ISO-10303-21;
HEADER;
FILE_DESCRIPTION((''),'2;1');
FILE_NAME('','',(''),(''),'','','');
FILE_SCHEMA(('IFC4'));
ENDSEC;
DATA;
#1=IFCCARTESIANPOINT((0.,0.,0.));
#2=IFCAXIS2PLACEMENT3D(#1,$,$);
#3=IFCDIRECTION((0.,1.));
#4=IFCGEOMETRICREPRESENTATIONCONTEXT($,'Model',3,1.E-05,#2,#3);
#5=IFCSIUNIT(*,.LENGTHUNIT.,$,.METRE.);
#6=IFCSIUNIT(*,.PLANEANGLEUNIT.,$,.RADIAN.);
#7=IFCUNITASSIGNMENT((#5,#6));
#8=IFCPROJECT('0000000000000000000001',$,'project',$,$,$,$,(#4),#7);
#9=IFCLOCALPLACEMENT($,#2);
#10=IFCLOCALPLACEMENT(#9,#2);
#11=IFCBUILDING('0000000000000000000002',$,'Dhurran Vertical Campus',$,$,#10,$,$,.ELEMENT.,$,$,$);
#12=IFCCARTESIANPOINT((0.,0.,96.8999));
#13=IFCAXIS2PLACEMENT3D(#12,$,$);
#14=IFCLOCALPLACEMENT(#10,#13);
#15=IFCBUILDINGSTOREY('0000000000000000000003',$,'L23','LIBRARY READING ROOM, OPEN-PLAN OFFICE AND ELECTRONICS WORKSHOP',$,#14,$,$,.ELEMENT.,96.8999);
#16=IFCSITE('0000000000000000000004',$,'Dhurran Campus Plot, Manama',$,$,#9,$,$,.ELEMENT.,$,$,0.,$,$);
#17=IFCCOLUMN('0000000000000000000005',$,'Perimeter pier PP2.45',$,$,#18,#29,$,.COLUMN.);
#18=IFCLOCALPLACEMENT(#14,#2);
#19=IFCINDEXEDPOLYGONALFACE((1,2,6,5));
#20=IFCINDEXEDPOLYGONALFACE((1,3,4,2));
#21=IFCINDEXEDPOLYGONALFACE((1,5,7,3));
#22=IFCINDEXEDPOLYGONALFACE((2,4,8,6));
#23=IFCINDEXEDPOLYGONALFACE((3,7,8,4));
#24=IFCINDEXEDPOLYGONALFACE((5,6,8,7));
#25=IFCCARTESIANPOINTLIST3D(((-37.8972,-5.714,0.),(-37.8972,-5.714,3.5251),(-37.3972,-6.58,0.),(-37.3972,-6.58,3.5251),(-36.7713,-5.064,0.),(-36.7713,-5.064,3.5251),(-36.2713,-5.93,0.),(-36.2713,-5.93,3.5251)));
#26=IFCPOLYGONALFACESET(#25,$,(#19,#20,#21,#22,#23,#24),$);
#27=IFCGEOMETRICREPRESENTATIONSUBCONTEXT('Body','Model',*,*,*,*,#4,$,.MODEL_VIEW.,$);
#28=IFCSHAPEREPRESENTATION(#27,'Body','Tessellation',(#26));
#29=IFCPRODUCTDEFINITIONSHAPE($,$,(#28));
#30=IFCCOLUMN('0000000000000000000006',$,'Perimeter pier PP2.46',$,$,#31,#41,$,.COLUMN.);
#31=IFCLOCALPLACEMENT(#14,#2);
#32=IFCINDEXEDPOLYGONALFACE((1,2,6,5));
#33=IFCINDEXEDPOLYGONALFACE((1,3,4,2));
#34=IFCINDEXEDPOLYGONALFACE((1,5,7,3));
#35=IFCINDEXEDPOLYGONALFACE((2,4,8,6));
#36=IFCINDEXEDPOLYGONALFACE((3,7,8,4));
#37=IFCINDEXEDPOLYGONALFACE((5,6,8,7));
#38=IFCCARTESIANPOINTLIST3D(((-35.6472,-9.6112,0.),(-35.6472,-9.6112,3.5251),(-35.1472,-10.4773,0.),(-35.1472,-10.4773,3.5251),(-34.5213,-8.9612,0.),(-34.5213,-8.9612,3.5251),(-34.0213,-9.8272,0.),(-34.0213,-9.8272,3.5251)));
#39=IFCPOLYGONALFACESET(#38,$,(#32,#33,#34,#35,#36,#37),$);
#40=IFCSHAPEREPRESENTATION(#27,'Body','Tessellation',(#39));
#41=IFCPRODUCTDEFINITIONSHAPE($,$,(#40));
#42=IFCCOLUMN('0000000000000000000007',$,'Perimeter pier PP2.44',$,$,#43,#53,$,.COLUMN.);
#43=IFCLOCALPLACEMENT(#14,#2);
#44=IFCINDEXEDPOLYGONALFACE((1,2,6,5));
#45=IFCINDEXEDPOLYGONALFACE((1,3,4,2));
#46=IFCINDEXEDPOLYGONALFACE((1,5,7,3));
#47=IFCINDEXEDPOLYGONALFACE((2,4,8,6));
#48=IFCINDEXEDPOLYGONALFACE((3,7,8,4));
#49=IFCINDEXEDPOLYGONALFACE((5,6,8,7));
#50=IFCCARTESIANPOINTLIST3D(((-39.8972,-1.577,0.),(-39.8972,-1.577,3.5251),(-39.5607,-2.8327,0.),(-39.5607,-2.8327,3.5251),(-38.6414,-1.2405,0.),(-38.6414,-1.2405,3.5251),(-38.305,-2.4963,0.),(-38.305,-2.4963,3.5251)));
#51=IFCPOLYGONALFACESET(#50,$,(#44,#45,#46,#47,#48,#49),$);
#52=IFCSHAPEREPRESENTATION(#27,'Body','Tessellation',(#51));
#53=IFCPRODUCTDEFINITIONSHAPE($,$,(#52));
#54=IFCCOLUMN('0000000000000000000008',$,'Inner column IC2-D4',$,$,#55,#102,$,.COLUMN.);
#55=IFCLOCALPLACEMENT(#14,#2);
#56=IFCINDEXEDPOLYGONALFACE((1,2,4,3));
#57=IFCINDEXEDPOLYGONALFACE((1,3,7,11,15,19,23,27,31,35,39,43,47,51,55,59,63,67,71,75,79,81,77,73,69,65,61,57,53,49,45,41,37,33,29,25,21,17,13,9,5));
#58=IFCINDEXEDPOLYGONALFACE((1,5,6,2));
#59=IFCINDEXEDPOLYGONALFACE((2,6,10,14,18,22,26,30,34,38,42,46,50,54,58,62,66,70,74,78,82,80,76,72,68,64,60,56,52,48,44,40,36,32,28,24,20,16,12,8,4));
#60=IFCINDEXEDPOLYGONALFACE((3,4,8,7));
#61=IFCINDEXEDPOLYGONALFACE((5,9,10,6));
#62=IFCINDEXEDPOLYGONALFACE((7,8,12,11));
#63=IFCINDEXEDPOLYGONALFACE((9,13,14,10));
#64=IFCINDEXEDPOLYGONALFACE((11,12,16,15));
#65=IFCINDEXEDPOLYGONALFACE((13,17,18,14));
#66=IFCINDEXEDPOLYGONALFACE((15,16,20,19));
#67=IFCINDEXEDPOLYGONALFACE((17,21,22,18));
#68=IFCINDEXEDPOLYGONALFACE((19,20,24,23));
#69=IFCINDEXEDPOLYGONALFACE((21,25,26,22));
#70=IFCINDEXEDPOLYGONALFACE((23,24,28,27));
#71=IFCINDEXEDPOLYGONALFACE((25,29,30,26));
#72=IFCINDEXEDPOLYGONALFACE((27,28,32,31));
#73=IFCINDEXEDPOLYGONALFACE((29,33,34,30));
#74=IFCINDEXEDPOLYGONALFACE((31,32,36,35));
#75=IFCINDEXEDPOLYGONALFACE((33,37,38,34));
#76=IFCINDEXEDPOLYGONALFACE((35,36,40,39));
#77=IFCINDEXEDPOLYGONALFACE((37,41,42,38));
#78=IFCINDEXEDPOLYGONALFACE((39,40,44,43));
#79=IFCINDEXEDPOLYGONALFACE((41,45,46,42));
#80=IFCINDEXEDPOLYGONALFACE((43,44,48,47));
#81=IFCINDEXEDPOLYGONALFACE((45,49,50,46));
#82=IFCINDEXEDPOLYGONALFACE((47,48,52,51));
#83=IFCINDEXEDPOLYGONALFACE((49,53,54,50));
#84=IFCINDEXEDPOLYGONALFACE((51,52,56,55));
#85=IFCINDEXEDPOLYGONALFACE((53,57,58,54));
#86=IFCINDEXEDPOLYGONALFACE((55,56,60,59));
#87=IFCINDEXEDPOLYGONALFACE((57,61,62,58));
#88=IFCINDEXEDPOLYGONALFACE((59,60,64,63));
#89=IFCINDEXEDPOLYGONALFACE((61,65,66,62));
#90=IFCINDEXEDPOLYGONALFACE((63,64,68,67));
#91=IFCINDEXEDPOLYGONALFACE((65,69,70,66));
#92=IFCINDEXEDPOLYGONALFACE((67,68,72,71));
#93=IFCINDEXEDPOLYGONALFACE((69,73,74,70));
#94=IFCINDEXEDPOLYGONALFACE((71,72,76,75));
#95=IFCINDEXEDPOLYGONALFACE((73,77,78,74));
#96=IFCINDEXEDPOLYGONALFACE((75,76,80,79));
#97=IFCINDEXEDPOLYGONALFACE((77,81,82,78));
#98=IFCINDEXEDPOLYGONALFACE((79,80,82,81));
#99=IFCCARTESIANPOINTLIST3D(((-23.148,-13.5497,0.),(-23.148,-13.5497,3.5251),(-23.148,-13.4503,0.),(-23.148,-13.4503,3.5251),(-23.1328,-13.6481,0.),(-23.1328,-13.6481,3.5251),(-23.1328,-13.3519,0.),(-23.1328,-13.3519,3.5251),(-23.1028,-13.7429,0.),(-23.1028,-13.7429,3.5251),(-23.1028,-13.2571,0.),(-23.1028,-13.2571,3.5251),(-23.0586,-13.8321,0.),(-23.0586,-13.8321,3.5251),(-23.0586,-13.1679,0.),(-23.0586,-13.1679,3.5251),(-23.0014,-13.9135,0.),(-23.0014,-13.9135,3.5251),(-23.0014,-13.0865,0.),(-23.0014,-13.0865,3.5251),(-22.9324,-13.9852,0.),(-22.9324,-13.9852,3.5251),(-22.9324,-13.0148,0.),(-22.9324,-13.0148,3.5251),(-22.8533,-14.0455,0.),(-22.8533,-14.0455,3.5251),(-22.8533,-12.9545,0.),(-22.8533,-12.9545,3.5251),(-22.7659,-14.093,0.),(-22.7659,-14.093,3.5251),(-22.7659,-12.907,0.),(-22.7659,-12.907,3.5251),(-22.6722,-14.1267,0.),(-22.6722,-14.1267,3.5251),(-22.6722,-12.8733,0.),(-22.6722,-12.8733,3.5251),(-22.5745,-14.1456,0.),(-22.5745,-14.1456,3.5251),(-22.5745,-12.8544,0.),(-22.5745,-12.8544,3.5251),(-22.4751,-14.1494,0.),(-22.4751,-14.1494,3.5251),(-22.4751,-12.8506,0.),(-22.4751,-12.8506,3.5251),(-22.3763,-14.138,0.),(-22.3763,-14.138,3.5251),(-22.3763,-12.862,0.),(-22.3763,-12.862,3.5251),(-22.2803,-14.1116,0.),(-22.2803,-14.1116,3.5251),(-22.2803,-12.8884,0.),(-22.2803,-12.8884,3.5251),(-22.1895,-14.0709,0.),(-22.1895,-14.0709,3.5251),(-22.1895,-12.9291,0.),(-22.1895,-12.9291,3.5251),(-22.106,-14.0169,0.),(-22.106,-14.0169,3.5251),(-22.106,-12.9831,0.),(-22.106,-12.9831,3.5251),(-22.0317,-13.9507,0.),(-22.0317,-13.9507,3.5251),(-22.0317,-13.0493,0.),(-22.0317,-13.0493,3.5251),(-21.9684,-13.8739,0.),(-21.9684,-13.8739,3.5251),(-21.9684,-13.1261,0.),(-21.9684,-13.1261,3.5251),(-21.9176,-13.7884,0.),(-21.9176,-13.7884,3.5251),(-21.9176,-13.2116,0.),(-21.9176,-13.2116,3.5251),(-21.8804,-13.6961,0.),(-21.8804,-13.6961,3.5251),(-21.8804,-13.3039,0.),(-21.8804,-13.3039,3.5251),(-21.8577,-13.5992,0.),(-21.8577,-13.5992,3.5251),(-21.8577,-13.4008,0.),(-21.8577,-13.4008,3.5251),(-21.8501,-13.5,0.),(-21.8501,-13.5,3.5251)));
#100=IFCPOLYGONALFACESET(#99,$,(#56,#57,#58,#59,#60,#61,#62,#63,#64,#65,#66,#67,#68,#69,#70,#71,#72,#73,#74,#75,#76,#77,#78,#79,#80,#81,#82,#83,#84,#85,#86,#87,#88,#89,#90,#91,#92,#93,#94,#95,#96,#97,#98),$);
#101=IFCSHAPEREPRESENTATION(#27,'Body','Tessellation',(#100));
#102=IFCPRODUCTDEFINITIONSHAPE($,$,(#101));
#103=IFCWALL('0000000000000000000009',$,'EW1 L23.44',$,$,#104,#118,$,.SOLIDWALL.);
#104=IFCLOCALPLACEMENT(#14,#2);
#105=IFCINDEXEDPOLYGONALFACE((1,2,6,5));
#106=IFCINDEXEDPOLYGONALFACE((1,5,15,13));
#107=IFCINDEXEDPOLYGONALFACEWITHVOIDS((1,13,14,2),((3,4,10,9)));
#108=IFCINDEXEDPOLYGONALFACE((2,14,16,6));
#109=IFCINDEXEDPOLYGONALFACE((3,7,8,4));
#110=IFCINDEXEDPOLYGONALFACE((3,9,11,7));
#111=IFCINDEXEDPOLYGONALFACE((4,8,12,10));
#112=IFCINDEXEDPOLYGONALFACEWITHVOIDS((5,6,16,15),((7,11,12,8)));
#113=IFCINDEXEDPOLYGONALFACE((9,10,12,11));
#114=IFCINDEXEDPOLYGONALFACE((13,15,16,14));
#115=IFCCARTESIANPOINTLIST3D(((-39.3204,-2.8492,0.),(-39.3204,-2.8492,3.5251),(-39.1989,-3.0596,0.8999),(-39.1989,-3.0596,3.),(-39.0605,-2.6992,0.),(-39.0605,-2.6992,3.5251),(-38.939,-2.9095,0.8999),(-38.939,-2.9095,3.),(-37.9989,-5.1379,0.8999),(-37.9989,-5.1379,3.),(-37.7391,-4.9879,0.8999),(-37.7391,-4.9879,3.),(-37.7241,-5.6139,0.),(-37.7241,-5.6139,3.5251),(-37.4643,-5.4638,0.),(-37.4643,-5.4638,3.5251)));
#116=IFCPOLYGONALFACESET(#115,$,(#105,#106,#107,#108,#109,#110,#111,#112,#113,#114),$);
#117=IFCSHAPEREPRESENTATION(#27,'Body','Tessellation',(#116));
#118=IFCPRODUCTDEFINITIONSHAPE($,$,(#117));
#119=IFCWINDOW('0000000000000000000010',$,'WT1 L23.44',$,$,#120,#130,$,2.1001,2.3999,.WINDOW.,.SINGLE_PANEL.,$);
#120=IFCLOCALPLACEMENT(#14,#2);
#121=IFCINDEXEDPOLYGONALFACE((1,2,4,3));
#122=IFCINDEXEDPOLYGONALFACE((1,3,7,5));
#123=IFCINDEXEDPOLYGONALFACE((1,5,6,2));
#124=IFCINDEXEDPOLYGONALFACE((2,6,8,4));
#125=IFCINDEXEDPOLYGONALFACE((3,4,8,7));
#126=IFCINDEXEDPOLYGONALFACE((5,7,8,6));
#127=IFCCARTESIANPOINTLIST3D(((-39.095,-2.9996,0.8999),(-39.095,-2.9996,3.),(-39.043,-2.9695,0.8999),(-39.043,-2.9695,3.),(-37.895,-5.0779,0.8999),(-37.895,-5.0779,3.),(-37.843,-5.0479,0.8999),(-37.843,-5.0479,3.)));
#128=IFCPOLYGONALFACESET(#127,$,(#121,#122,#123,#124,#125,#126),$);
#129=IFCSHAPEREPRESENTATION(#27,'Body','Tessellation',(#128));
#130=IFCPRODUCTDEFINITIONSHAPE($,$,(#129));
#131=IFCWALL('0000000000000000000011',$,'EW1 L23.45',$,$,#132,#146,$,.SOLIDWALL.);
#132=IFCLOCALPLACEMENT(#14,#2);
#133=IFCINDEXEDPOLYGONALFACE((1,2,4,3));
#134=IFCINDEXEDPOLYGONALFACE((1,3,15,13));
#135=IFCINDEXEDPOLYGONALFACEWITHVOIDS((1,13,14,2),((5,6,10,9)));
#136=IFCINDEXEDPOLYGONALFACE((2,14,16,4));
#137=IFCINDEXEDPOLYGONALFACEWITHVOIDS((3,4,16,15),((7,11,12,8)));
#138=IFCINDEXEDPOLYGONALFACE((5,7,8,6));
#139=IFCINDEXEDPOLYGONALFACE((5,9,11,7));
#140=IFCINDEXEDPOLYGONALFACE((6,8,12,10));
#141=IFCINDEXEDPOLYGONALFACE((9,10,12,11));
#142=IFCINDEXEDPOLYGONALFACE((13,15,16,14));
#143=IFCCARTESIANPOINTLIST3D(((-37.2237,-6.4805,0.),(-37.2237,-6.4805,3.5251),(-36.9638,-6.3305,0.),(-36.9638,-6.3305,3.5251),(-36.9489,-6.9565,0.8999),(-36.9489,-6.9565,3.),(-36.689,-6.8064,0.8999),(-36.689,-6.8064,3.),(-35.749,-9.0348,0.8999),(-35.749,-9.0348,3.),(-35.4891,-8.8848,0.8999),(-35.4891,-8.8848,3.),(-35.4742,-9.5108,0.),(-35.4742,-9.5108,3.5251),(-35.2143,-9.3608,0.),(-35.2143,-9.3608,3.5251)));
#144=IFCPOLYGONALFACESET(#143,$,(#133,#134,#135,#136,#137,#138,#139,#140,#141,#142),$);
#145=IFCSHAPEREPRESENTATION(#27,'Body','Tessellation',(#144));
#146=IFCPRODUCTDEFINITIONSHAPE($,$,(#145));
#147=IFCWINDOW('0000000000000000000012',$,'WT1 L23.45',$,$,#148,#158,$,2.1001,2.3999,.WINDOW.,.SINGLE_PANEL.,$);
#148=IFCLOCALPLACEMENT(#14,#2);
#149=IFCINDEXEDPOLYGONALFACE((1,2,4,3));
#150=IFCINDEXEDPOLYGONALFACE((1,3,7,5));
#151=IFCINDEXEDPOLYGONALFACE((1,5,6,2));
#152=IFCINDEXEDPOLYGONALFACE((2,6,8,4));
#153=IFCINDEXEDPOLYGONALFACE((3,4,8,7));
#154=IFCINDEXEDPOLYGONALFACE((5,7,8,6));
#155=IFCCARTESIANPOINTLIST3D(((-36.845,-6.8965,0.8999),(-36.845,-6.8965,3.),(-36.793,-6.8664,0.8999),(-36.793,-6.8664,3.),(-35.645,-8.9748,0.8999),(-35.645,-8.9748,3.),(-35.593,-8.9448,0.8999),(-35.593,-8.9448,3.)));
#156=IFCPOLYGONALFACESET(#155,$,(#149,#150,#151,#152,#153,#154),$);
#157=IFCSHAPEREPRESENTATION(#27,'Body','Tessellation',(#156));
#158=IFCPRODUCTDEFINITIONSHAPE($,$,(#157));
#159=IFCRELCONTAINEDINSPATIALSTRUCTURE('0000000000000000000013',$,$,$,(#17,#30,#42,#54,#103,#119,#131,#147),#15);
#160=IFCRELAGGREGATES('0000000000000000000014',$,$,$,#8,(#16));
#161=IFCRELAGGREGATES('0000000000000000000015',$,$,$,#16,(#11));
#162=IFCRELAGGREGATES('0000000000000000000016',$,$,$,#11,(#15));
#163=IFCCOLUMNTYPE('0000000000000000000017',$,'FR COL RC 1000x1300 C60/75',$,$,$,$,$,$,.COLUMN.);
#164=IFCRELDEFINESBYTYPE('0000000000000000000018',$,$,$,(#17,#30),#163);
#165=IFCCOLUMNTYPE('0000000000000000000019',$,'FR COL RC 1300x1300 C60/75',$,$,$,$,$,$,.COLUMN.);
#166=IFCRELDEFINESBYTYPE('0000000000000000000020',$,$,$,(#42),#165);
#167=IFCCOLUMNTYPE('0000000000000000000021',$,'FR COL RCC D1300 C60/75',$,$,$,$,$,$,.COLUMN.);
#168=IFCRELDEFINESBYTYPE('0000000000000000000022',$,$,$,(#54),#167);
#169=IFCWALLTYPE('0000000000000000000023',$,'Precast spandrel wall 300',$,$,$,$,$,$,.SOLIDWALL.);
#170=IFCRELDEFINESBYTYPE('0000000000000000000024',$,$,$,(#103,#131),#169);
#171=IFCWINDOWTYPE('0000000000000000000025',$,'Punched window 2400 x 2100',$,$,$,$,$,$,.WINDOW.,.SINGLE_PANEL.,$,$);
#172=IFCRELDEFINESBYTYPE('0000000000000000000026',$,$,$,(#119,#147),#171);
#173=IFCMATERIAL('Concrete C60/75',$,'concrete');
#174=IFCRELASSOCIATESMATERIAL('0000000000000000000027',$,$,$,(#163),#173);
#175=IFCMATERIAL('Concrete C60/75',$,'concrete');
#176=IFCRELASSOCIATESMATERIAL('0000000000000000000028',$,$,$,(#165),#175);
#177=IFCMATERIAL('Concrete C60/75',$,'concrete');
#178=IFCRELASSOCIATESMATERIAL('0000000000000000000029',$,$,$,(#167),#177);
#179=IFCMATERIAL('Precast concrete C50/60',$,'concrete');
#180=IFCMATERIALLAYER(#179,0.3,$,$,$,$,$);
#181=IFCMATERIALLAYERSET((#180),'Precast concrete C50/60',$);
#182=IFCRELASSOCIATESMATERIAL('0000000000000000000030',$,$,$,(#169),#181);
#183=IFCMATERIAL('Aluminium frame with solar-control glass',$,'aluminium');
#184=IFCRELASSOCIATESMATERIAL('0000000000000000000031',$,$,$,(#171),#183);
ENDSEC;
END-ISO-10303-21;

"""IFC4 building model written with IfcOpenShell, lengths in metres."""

from ifc_helpers import new_model, si_unit, direction, frame, frame_2d, origin, origin_2d, place, context, subcontext, project, spatial, rectangle, circle, extrude, material, layer, layer_set, material_profile, profile_set, type_object, element, fill, save


model = new_model("IFC4")

# Units and contexts
model_context = context("Model", 3, precision=1e-05, world=origin(), true_north=direction((0.0, 1.0)))
body_context = subcontext(model_context, "Body", "Model", "MODEL_VIEW")
ifc_project = project(units=[si_unit("LENGTHUNIT", "METRE"), si_unit("PLANEANGLEUNIT", "RADIAN")], contexts=[model_context])

# Site, building, storey
site_placement = place(None, origin())
site = spatial("IfcSite", under=ifc_project, at=site_placement, Name="Dhurran Campus Plot, Manama", CompositionType="ELEMENT", RefElevation=0.0)
building_placement = place(site_placement, origin())
building = spatial("IfcBuilding", under=site, at=building_placement, Name="Dhurran Vertical Campus", CompositionType="ELEMENT")
storey_placement = place(building_placement, frame((0.0, 0.0, 96.8999)))
storey = spatial("IfcBuildingStorey", under=building, at=storey_placement, Name="L23", Description="LIBRARY READING ROOM, OPEN-PLAN OFFICE AND ELECTRONICS WORKSHOP", CompositionType="ELEMENT", Elevation=96.8999)

# Columns
ifc_material_1 = material(Name="Concrete C60/75", Category="concrete")
ifc_material_profile_1 = material_profile(ifc_material_1, rectangle(XDim=1.0, YDim=1.3, at=origin_2d()), Name="RC 1000x1300")
ifc_profile_set_1 = profile_set([ifc_material_profile_1], Name="Concrete C60/75")
column_type_1 = type_object("IfcColumnType", Name="FR COL RC 1000x1300 C60/75", PredefinedType="COLUMN", material=ifc_profile_set_1)
for number, where, z_axis, x_axis, name in (
    (1, (-37.0842, -5.822, 0.0), (0.0, 0.0, 1.0), (0.5, -0.866025, 0.0), "Perimeter pier PP2.45"),
    (2, (-34.8342, -9.7192, 0.0), (0.0, 0.0, 1.0), (0.5, -0.866025, 0.0), "Perimeter pier PP2.46"),
):
    element("IfcColumn", number, at=place(storey_placement, frame(where, z_axis=z_axis, x_axis=x_axis)), inside=storey, type_object=column_type_1, Name=name, PredefinedType="COLUMN", context=body_context, shape_type="SweptSolid", body=[
        extrude(rectangle(XDim=1.0, YDim=1.3, at=origin_2d()), origin(), (0.0, 0.0, 1.0), 3.5251),
    ])
ifc_material_2 = material(Name="Concrete C60/75", Category="concrete")
ifc_material_profile_2 = material_profile(ifc_material_2, rectangle(XDim=1.3, YDim=1.3, at=origin_2d()), Name="RC 1300x1300")
ifc_profile_set_2 = profile_set([ifc_material_profile_2], Name="Concrete C60/75")
column_type_2 = type_object("IfcColumnType", Name="FR COL RC 1300x1300 C60/75", PredefinedType="COLUMN", material=ifc_profile_set_2)
column_1_placement = place(storey_placement, frame((-39.1011, -2.0366, 0.0), z_axis=(0.0, 0.0, 1.0), x_axis=(0.258819, -0.965926, 0.0)))
element("IfcColumn", 3, at=column_1_placement, inside=storey, type_object=column_type_2, Name="Perimeter pier PP2.44", PredefinedType="COLUMN", context=body_context, shape_type="SweptSolid", body=[
    extrude(rectangle(XDim=1.3, YDim=1.3, at=origin_2d()), origin(), (0.0, 0.0, 1.0), 3.5251),
])
ifc_material_3 = material(Name="Concrete C60/75", Category="concrete")
ifc_material_profile_3 = material_profile(ifc_material_3, circle(Radius=0.6499, at=origin_2d()), Name="RCC D1300")
ifc_profile_set_3 = profile_set([ifc_material_profile_3], Name="Concrete C60/75")
column_type_3 = type_object("IfcColumnType", Name="FR COL RCC D1300 C60/75", PredefinedType="COLUMN", material=ifc_profile_set_3)
column_2_placement = place(storey_placement, frame((-22.5, -13.5, 0.0), z_axis=(0.0, 0.0, 1.0), x_axis=(1.0, 0.0, 0.0)))
element("IfcColumn", 4, at=column_2_placement, inside=storey, type_object=column_type_3, Name="Inner column IC2-D4", PredefinedType="COLUMN", context=body_context, shape_type="SweptSolid", body=[
    extrude(circle(Radius=0.6499, at=origin_2d()), origin(), (0.0, 0.0, 1.0), 3.5251),
])

# Walls, openings, windows
ifc_material_4 = material(Name="Precast concrete C50/60", Category="concrete")
ifc_layer_1 = layer(ifc_material_4, 0.3)
ifc_layer_set_1 = layer_set([ifc_layer_1], Name="Precast concrete C50/60")
wall_type_1 = type_object("IfcWallType", Name="Precast spandrel wall 300", PredefinedType="SOLIDWALL", material=ifc_layer_set_1)
wall_1_placement = place(storey_placement, frame((-39.1904, -2.7742, 0.0), z_axis=(0.0, 0.0, 1.0), x_axis=(0.500005, -0.866023, 0.0)))
wall_1 = element("IfcWall", 5, at=wall_1_placement, inside=storey, type_object=wall_type_1, Name="EW1 L23.44", PredefinedType="SOLIDWALL", context=body_context, shape_type="SweptSolid", body=[
    extrude(rectangle(XDim=3.1924, YDim=0.3, at=frame_2d((1.5962, 0.0))), origin(), (0.0, 0.0, 1.0), 3.5251),
])
opening_1_placement = place(wall_1_placement, frame((0.2429, 0.0, 0.8999)))
opening_1 = element("IfcOpeningElement", 6, at=opening_1_placement, cuts=wall_1, PredefinedType="OPENING", context=body_context, shape_type="SweptSolid", body=[
    extrude(rectangle(XDim=2.3999, YDim=2.1001, at=frame_2d((1.2, 1.05))), frame((0.0, 0.1599, 0.0), z_axis=(0.0, -1.0, 0.0), x_axis=(1.0, 0.0, 0.0)), (0.0, 0.0, 1.0), 0.3201),
])
ifc_material_5 = material(Name="Aluminium frame with solar-control glass", Category="aluminium")
window_type = type_object("IfcWindowType", Name="Punched window 2400 x 2100", PartitioningType="SINGLE_PANEL", PredefinedType="WINDOW", material=ifc_material_5)
window_1_placement = place(opening_1_placement, origin())
window_1 = element("IfcWindow", 7, at=window_1_placement, inside=storey, type_object=window_type, Name="WT1 L23.44", OverallHeight=2.1001, OverallWidth=2.3999, PartitioningType="SINGLE_PANEL", PredefinedType="WINDOW", context=body_context, shape_type="SweptSolid", body=[
    extrude(rectangle(XDim=2.3999, YDim=2.1001, at=frame_2d((1.2, 1.05))), frame((0.0, 0.03, 0.0), z_axis=(0.0, -1.0, 0.0), x_axis=(1.0, 0.0, 0.0)), (0.0, 0.0, 1.0), 0.0601),
])
fill(opening_1, window_1)
wall_2_placement = place(storey_placement, frame((-37.0938, -6.4055, 0.0), z_axis=(0.0, 0.0, 1.0), x_axis=(0.499996, -0.866028, 0.0)))
wall_2 = element("IfcWall", 8, at=wall_2_placement, inside=storey, type_object=wall_type_1, Name="EW1 L23.45", PredefinedType="SOLIDWALL", context=body_context, shape_type="SweptSolid", body=[
    extrude(rectangle(XDim=3.499, YDim=0.3, at=frame_2d((1.7495, 0.0))), origin(), (0.0, 0.0, 1.0), 3.5251),
])
opening_2_placement = place(wall_2_placement, frame((0.5496, 0.0, 0.8999)))
opening_2 = element("IfcOpeningElement", 9, at=opening_2_placement, cuts=wall_2, PredefinedType="OPENING", context=body_context, shape_type="SweptSolid", body=[
    extrude(rectangle(XDim=2.3999, YDim=2.1001, at=frame_2d((1.2, 1.05))), frame((0.0, 0.1599, 0.0), z_axis=(0.0, -1.0, 0.0), x_axis=(1.0, 0.0, 0.0)), (0.0, 0.0, 1.0), 0.3201),
])
window_2_placement = place(opening_2_placement, origin())
window_2 = element("IfcWindow", 10, at=window_2_placement, inside=storey, type_object=window_type, Name="WT1 L23.45", OverallHeight=2.1001, OverallWidth=2.3999, PartitioningType="SINGLE_PANEL", PredefinedType="WINDOW", context=body_context, shape_type="SweptSolid", body=[
    extrude(rectangle(XDim=2.3999, YDim=2.1001, at=frame_2d((1.2, 1.05))), frame((0.0, 0.03, 0.0), z_axis=(0.0, -1.0, 0.0), x_axis=(1.0, 0.0, 0.0)), (0.0, 0.0, 1.0), 0.0601),
])
fill(opening_2, window_2)

save(model, "model.ifc")
